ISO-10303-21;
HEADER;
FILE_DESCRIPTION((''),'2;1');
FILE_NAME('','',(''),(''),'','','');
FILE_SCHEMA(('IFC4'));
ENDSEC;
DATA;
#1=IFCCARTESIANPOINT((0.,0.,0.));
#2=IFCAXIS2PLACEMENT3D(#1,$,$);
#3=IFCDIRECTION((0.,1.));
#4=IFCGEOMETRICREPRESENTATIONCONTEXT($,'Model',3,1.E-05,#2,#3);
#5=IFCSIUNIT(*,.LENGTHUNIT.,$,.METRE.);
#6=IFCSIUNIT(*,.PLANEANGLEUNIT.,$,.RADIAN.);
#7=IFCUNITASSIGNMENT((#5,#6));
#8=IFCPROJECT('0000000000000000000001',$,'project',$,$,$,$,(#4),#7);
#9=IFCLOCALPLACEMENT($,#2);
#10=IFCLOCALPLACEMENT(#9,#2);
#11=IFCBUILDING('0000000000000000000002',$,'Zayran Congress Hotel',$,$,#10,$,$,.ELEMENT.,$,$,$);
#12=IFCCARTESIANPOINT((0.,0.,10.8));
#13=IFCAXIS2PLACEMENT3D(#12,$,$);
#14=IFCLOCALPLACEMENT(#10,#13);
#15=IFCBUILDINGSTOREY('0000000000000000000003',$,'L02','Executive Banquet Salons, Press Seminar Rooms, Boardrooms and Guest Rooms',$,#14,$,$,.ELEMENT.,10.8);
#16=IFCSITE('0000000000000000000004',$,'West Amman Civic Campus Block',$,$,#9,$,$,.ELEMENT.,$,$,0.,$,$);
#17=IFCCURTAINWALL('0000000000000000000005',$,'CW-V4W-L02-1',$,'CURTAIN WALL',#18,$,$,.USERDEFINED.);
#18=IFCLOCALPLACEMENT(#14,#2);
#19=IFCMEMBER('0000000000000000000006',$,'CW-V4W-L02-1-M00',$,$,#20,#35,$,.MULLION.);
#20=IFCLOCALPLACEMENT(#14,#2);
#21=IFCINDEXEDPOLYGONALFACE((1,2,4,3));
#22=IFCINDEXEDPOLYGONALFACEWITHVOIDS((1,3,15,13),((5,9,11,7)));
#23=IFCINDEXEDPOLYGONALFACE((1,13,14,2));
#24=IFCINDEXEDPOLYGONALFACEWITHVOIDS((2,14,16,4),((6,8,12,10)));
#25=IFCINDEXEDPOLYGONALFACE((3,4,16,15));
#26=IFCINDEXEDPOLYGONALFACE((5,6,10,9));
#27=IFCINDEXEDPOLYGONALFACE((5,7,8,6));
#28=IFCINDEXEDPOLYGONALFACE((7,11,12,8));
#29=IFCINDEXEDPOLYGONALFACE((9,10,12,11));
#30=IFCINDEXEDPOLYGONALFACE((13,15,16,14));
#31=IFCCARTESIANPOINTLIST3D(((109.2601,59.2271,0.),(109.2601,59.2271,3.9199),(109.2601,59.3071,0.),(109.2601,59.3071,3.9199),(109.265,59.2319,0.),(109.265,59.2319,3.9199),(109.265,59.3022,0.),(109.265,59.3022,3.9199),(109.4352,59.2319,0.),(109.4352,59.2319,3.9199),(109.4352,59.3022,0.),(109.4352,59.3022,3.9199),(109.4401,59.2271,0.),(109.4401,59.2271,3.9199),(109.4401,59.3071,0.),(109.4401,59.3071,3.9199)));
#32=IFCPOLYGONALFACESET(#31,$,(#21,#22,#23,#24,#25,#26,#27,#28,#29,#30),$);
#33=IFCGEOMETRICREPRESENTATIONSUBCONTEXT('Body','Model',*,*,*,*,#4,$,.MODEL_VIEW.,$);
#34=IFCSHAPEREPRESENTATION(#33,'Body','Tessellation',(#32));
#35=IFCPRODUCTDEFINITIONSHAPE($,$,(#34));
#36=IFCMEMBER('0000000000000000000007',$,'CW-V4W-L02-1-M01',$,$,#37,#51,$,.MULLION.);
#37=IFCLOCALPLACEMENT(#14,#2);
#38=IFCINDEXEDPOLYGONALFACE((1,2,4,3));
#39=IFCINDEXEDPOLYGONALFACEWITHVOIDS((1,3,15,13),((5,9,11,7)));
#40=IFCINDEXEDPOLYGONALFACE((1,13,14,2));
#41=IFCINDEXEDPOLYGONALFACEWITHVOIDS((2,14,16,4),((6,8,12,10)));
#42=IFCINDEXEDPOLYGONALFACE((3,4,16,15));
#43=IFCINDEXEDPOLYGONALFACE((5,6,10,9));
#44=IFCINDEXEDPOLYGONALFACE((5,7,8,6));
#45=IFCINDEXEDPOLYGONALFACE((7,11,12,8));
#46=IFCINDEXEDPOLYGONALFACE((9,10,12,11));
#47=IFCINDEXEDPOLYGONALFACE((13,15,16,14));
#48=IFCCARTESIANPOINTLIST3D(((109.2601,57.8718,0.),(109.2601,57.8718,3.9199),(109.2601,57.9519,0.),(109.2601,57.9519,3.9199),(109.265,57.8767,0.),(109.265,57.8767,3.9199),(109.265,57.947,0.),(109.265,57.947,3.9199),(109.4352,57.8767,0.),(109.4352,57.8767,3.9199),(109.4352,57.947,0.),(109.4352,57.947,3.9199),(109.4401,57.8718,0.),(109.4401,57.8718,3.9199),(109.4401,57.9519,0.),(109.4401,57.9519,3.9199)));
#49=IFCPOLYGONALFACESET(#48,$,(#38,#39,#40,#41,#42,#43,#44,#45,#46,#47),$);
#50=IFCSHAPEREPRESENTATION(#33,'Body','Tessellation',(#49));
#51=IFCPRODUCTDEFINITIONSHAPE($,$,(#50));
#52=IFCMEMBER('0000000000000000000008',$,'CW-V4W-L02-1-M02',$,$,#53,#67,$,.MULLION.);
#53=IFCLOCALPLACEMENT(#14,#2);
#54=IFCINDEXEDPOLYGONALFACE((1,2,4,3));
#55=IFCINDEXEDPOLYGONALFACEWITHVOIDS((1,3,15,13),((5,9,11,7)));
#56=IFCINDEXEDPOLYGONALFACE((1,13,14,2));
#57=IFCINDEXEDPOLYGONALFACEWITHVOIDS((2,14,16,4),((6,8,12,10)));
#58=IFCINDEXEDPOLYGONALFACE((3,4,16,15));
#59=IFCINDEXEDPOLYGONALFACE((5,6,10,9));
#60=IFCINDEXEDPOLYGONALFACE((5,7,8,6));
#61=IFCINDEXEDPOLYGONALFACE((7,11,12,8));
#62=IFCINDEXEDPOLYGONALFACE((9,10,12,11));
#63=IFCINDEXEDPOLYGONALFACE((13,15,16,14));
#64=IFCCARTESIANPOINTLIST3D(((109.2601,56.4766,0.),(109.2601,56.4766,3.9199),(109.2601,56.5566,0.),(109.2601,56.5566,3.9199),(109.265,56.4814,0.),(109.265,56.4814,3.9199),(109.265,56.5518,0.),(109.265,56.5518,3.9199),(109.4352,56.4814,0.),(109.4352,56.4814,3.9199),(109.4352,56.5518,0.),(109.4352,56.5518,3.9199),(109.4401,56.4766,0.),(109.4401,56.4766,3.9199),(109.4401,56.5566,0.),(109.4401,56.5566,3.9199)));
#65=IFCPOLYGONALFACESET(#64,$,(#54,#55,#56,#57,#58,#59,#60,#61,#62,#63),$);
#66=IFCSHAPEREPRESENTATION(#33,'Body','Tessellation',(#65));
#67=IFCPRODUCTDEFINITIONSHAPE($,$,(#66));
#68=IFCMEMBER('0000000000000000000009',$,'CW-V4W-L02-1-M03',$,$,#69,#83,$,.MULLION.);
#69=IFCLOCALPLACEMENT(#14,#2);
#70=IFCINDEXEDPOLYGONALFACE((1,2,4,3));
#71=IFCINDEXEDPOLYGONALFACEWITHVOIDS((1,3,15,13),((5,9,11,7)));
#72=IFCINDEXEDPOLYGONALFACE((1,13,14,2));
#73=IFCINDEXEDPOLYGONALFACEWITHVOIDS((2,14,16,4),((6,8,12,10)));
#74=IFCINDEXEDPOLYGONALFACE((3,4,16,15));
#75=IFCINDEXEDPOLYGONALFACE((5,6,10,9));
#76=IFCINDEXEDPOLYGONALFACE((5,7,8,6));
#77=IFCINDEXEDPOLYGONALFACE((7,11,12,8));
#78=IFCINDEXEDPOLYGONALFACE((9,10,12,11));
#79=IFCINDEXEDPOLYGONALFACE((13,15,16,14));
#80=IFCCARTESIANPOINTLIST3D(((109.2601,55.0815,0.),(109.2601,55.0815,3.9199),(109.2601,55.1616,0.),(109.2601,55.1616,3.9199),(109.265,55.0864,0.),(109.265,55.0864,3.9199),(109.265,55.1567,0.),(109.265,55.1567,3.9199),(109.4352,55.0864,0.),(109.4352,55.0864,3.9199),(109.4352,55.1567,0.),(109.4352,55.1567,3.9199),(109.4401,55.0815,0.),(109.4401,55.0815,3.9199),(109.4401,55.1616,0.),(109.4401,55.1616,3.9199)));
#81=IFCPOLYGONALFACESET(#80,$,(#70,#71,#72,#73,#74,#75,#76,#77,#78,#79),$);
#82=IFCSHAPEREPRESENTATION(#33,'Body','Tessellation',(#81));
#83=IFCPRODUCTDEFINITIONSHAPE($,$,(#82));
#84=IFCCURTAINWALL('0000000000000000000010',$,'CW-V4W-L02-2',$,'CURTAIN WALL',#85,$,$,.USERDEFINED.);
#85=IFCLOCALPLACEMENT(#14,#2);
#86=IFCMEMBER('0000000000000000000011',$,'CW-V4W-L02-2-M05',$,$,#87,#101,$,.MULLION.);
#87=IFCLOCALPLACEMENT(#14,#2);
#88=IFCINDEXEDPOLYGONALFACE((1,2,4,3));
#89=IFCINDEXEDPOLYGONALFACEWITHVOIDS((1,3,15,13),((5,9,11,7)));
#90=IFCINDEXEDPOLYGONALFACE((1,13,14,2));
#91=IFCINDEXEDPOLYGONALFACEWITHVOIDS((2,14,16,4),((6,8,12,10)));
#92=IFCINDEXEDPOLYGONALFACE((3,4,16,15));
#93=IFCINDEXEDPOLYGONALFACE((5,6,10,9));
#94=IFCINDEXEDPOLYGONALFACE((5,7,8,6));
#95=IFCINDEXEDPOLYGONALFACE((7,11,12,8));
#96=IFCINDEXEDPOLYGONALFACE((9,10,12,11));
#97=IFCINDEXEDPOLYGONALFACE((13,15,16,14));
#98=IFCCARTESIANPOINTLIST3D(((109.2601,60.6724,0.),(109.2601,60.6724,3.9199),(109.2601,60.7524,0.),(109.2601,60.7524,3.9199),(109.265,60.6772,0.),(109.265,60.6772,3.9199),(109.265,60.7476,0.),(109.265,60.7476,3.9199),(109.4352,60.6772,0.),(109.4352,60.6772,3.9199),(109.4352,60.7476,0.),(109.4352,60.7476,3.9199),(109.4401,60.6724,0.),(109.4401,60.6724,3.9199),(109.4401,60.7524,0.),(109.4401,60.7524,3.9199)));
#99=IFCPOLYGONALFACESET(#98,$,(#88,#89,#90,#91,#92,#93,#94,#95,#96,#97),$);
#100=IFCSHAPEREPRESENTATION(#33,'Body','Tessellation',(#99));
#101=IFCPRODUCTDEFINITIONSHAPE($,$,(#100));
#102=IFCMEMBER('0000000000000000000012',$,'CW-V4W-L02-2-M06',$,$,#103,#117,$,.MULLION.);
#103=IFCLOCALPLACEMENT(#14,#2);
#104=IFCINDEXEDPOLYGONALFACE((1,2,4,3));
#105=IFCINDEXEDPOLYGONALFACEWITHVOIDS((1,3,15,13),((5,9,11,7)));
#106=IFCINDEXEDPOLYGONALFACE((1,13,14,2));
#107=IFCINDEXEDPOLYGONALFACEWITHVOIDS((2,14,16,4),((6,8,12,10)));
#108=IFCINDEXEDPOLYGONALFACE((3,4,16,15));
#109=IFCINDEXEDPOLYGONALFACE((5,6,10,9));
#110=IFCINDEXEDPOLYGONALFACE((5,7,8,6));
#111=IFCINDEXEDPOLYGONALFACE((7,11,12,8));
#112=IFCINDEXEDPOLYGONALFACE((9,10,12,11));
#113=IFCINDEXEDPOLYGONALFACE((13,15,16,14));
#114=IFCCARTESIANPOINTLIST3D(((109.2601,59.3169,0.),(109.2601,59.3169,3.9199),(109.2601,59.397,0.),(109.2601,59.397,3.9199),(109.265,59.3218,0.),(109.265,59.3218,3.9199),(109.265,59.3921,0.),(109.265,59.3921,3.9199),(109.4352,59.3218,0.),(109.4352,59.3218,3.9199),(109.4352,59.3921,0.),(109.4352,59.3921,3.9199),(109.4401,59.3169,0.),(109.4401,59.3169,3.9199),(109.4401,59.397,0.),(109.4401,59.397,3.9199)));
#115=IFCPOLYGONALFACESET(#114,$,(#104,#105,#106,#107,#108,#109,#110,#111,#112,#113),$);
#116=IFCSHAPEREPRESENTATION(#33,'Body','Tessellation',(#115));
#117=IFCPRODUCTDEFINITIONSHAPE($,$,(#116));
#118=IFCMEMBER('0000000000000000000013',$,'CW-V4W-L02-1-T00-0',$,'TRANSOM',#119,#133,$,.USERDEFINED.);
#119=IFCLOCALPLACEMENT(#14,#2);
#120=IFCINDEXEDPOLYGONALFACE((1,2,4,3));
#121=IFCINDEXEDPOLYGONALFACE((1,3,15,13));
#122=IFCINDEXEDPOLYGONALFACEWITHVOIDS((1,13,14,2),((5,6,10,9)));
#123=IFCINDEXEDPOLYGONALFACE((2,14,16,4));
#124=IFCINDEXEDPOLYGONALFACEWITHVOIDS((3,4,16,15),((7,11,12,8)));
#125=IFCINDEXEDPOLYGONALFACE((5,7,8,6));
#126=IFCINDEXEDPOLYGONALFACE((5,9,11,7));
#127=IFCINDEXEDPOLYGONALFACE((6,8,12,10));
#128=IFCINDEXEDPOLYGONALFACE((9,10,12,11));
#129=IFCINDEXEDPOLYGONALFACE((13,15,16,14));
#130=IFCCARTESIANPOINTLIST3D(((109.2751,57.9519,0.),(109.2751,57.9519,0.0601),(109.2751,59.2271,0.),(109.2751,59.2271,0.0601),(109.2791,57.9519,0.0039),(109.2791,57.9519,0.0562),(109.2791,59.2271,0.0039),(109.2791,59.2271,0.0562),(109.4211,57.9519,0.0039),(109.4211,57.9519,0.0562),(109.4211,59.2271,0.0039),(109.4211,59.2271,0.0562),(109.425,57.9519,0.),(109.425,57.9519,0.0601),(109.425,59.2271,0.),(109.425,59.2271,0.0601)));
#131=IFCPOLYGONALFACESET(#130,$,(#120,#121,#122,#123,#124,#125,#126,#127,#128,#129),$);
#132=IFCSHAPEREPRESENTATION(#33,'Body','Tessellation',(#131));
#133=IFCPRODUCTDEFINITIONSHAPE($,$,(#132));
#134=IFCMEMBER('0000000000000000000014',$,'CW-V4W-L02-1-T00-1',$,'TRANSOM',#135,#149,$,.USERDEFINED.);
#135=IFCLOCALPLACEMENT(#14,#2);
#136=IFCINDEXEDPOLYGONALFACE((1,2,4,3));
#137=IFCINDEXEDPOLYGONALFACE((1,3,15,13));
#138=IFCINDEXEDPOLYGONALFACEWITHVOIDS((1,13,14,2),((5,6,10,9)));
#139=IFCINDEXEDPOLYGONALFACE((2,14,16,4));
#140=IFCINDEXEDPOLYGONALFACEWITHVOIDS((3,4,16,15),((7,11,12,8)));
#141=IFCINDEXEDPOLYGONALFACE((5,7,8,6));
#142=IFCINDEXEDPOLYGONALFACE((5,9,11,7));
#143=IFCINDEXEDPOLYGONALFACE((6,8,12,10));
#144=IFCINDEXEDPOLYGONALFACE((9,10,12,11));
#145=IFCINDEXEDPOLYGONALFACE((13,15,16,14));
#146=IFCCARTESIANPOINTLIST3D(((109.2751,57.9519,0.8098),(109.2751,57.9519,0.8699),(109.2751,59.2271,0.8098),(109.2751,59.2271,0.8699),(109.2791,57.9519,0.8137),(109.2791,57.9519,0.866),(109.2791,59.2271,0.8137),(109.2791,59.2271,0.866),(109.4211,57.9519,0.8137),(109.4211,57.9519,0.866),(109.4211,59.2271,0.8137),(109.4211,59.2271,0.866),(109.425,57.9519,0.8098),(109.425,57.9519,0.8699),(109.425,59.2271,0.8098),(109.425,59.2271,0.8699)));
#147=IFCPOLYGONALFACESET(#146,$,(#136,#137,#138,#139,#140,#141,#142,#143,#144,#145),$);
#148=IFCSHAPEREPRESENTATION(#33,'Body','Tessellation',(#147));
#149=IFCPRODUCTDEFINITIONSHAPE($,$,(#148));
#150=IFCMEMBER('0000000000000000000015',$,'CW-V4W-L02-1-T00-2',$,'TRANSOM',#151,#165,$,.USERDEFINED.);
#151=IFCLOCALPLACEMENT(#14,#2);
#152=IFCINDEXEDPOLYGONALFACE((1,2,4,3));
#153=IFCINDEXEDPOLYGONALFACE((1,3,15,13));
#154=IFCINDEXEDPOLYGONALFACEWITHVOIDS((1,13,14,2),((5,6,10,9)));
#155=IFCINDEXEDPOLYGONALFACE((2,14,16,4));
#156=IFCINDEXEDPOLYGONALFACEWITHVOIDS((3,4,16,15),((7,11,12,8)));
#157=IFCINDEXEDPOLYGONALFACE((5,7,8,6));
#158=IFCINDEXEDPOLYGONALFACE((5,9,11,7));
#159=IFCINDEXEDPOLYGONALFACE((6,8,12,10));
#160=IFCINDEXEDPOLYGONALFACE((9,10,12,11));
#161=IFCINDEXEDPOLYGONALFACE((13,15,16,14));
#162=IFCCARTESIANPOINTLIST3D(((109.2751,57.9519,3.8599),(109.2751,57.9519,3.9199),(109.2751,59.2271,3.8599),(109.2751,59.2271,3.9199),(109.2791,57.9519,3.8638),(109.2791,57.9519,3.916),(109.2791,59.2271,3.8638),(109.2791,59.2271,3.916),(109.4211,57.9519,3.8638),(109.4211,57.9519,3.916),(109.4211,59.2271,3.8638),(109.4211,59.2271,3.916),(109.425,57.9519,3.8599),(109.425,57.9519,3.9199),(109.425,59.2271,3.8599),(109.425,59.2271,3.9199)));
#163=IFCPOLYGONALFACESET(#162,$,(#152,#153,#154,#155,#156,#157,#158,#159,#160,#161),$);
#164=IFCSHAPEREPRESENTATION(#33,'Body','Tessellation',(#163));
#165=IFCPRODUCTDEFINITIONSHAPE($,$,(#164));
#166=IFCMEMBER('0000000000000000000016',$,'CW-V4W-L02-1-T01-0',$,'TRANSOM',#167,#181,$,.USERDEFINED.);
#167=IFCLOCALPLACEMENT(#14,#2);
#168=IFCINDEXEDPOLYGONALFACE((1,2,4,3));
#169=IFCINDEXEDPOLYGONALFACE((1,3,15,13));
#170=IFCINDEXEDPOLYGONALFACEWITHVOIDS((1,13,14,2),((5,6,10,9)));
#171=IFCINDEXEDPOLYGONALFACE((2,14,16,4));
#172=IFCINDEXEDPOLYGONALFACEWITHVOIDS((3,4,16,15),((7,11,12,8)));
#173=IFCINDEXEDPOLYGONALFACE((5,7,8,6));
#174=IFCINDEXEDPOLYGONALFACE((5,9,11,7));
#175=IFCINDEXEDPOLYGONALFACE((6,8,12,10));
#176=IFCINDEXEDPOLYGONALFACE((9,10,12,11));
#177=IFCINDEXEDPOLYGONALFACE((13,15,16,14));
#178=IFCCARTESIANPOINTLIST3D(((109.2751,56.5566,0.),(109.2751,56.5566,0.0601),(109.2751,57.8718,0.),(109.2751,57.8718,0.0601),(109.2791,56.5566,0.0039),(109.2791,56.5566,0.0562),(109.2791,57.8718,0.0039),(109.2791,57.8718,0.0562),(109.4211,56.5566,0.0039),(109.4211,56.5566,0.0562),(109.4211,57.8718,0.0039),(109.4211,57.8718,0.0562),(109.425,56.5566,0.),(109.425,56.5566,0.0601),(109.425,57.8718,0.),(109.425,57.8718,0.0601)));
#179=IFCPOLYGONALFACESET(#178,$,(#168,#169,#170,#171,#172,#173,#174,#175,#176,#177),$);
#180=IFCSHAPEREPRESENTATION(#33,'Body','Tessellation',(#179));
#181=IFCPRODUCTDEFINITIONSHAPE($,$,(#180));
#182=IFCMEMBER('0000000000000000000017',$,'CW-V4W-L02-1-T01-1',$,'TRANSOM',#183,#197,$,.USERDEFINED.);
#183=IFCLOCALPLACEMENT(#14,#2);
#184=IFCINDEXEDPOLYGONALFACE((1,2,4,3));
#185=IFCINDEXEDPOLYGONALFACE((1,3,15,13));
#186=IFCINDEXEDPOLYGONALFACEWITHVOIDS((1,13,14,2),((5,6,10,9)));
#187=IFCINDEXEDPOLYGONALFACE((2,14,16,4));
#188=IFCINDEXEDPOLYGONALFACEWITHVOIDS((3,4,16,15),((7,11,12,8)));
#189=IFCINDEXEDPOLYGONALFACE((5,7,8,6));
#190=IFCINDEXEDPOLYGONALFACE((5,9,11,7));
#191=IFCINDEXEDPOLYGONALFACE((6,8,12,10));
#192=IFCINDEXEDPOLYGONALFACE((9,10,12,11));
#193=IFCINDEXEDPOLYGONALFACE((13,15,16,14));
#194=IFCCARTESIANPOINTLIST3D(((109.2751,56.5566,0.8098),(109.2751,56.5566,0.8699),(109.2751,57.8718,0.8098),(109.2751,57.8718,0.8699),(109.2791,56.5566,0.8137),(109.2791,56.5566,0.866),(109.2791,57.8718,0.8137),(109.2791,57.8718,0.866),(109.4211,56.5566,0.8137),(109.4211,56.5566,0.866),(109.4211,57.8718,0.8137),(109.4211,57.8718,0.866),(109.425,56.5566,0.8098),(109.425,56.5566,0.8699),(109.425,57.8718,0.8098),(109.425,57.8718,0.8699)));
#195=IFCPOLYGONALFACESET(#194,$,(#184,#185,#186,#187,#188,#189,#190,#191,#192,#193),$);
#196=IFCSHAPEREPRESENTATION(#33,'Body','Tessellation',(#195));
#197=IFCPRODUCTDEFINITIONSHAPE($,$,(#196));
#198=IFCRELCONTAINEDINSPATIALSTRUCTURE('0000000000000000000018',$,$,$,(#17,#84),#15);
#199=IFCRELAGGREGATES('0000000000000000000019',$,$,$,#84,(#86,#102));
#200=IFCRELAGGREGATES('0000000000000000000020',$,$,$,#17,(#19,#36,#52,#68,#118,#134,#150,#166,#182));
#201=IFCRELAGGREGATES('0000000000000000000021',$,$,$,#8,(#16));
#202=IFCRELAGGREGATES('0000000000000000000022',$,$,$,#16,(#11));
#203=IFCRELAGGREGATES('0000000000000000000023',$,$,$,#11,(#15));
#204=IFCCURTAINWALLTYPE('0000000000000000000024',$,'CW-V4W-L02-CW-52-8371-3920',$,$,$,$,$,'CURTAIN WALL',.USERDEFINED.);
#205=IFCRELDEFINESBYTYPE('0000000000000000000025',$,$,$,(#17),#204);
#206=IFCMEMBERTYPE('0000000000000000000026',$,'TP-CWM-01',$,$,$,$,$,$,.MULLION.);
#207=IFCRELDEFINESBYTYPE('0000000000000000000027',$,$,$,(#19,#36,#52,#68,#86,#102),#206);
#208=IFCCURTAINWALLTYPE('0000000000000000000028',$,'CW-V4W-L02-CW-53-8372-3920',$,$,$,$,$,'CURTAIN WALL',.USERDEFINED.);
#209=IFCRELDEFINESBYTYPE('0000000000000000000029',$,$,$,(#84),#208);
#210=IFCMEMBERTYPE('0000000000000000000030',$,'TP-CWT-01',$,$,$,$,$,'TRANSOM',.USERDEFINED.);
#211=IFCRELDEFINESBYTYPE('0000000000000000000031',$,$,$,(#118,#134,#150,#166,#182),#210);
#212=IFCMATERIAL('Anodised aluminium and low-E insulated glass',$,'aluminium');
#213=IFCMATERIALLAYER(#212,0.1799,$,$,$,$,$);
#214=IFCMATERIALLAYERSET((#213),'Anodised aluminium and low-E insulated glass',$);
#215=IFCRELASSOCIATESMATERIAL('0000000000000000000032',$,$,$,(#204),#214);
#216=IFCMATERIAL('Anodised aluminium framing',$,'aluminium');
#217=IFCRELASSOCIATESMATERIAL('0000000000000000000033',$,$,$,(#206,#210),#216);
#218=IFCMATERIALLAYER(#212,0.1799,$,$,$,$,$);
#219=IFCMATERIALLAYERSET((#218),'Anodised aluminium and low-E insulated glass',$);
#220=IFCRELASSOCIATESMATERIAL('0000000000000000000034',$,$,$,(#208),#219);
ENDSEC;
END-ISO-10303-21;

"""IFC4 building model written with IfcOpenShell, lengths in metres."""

from ifc_helpers import new_model, si_unit, direction, frame, origin, origin_2d, place, context, subcontext, project, spatial, hollow_rectangle, extrude, material, layer, layer_set, material_profile, profile_set, type_object, element, aggregate, save


model = new_model("IFC4")

# Units and contexts
model_context = context("Model", 3, precision=1e-05, world=origin(), true_north=direction((0.0, 1.0)))
body_context = subcontext(model_context, "Body", "Model", "MODEL_VIEW")
ifc_project = project(units=[si_unit("LENGTHUNIT", "METRE"), si_unit("PLANEANGLEUNIT", "RADIAN")], contexts=[model_context])

# Site, building, storey
site_placement = place(None, origin())
site = spatial("IfcSite", under=ifc_project, at=site_placement, Name="West Amman Civic Campus Block", CompositionType="ELEMENT", RefElevation=0.0)
building_placement = place(site_placement, origin())
building = spatial("IfcBuilding", under=site, at=building_placement, Name="Zayran Congress Hotel", CompositionType="ELEMENT")
storey_placement = place(building_placement, frame((0.0, 0.0, 10.8)))
storey = spatial("IfcBuildingStorey", under=building, at=storey_placement, Name="L02", Description="Executive Banquet Salons, Press Seminar Rooms, Boardrooms and Guest Rooms", CompositionType="ELEMENT", Elevation=10.8)

# Curtain walls, members
ifc_material_1 = material(Name="Anodised aluminium and low-E insulated glass", Category="aluminium")
ifc_layer_1 = layer(ifc_material_1, 0.1799)
ifc_layer_set_1 = layer_set([ifc_layer_1], Name="Anodised aluminium and low-E insulated glass")
curtain_wall_type_1 = type_object("IfcCurtainWallType", Name="CW-V4W-L02-CW-52-8371-3920", ElementType="CURTAIN WALL", PredefinedType="USERDEFINED", material=ifc_layer_set_1)
curtain_wall_1_placement = place(storey_placement, origin())
curtain_wall_1 = element("IfcCurtainWall", 1, at=curtain_wall_1_placement, inside=storey, type_object=curtain_wall_type_1, Name="CW-V4W-L02-1", ObjectType="CURTAIN WALL", PredefinedType="USERDEFINED")
ifc_material_2 = material(Name="Anodised aluminium framing", Category="aluminium")
ifc_material_profile_1 = material_profile(ifc_material_2, hollow_rectangle(XDim=0.0801, YDim=0.1799, WallThickness=0.0049, at=origin_2d()), Name="RHS 180x80x5")
ifc_profile_set_1 = profile_set([ifc_material_profile_1], Name="Anodised aluminium framing")
member_type_1 = type_object("IfcMemberType", Name="TP-CWM-01", PredefinedType="MULLION", material=ifc_profile_set_1)
member_1_placement = place(storey_placement, frame((109.3501, 59.2671, 0.0), z_axis=(0.0, 0.0, 1.0), x_axis=(0.0, 1.0, 0.0)))
member_1 = element("IfcMember", 2, at=member_1_placement, type_object=member_type_1, Name="CW-V4W-L02-1-M00", PredefinedType="MULLION", context=body_context, shape_type="SweptSolid", body=[
    extrude(hollow_rectangle(XDim=0.0801, YDim=0.1799, WallThickness=0.0049, at=origin_2d()), origin(), (0.0, 0.0, 1.0), 3.9199),
])
member_2_placement = place(storey_placement, frame((109.3501, 57.9119, 0.0), z_axis=(0.0, 0.0, 1.0), x_axis=(0.0, 1.0, 0.0)))
member_2 = element("IfcMember", 3, at=member_2_placement, type_object=member_type_1, Name="CW-V4W-L02-1-M01", PredefinedType="MULLION", context=body_context, shape_type="SweptSolid", body=[
    extrude(hollow_rectangle(XDim=0.0801, YDim=0.1799, WallThickness=0.0049, at=origin_2d()), origin(), (0.0, 0.0, 1.0), 3.9199),
])
member_3_placement = place(storey_placement, frame((109.3501, 56.5166, 0.0), z_axis=(0.0, 0.0, 1.0), x_axis=(0.0, 1.0, 0.0)))
member_3 = element("IfcMember", 4, at=member_3_placement, type_object=member_type_1, Name="CW-V4W-L02-1-M02", PredefinedType="MULLION", context=body_context, shape_type="SweptSolid", body=[
    extrude(hollow_rectangle(XDim=0.0801, YDim=0.1799, WallThickness=0.0049, at=origin_2d()), origin(), (0.0, 0.0, 1.0), 3.9199),
])
member_4_placement = place(storey_placement, frame((109.3501, 55.1216, 0.0), z_axis=(0.0, 0.0, 1.0), x_axis=(0.0, 1.0, 0.0)))
member_4 = element("IfcMember", 5, at=member_4_placement, type_object=member_type_1, Name="CW-V4W-L02-1-M03", PredefinedType="MULLION", context=body_context, shape_type="SweptSolid", body=[
    extrude(hollow_rectangle(XDim=0.0801, YDim=0.1799, WallThickness=0.0049, at=origin_2d()), origin(), (0.0, 0.0, 1.0), 3.9199),
])
ifc_layer_2 = layer(ifc_material_1, 0.1799)
ifc_layer_set_2 = layer_set([ifc_layer_2], Name="Anodised aluminium and low-E insulated glass")
curtain_wall_type_2 = type_object("IfcCurtainWallType", Name="CW-V4W-L02-CW-53-8372-3920", ElementType="CURTAIN WALL", PredefinedType="USERDEFINED", material=ifc_layer_set_2)
curtain_wall_2_placement = place(storey_placement, origin())
curtain_wall_2 = element("IfcCurtainWall", 6, at=curtain_wall_2_placement, inside=storey, type_object=curtain_wall_type_2, Name="CW-V4W-L02-2", ObjectType="CURTAIN WALL", PredefinedType="USERDEFINED")
member_5_placement = place(storey_placement, frame((109.3501, 60.7124, 0.0), z_axis=(0.0, 0.0, 1.0), x_axis=(0.0, 1.0, 0.0)))
member_5 = element("IfcMember", 7, at=member_5_placement, type_object=member_type_1, Name="CW-V4W-L02-2-M05", PredefinedType="MULLION", context=body_context, shape_type="SweptSolid", body=[
    extrude(hollow_rectangle(XDim=0.0801, YDim=0.1799, WallThickness=0.0049, at=origin_2d()), origin(), (0.0, 0.0, 1.0), 3.9199),
])
member_6_placement = place(storey_placement, frame((109.3501, 59.3569, 0.0), z_axis=(0.0, 0.0, 1.0), x_axis=(0.0, 1.0, 0.0)))
member_6 = element("IfcMember", 8, at=member_6_placement, type_object=member_type_1, Name="CW-V4W-L02-2-M06", PredefinedType="MULLION", context=body_context, shape_type="SweptSolid", body=[
    extrude(hollow_rectangle(XDim=0.0801, YDim=0.1799, WallThickness=0.0049, at=origin_2d()), origin(), (0.0, 0.0, 1.0), 3.9199),
])

# Members
ifc_material_profile_2 = material_profile(ifc_material_2, hollow_rectangle(XDim=0.0601, YDim=0.1499, WallThickness=0.0039, at=origin_2d()), Name="RHS 150x60x4")
ifc_profile_set_2 = profile_set([ifc_material_profile_2], Name="Anodised aluminium framing")
member_type_2 = type_object("IfcMemberType", Name="TP-CWT-01", ElementType="TRANSOM", PredefinedType="USERDEFINED", material=ifc_profile_set_2)
member_7_placement = place(storey_placement, frame((109.3501, 59.2271, 0.03), z_axis=(0.0, -1.0, 0.0), x_axis=(0.0, 0.0, 1.0)))
member_7 = element("IfcMember", 9, at=member_7_placement, type_object=member_type_2, Name="CW-V4W-L02-1-T00-0", ObjectType="TRANSOM", PredefinedType="USERDEFINED", context=body_context, shape_type="SweptSolid", body=[
    extrude(hollow_rectangle(XDim=0.0601, YDim=0.1499, WallThickness=0.0039, at=origin_2d()), origin(), (0.0, 0.0, 1.0), 1.2751),
])
member_8_placement = place(storey_placement, frame((109.3501, 59.2271, 0.8398), z_axis=(0.0, -1.0, 0.0), x_axis=(0.0, 0.0, 1.0)))
member_8 = element("IfcMember", 10, at=member_8_placement, type_object=member_type_2, Name="CW-V4W-L02-1-T00-1", ObjectType="TRANSOM", PredefinedType="USERDEFINED", context=body_context, shape_type="SweptSolid", body=[
    extrude(hollow_rectangle(XDim=0.0601, YDim=0.1499, WallThickness=0.0039, at=origin_2d()), origin(), (0.0, 0.0, 1.0), 1.2751),
])
member_9_placement = place(storey_placement, frame((109.3501, 59.2271, 3.8899), z_axis=(0.0, -1.0, 0.0), x_axis=(0.0, 0.0, 1.0)))
member_9 = element("IfcMember", 11, at=member_9_placement, type_object=member_type_2, Name="CW-V4W-L02-1-T00-2", ObjectType="TRANSOM", PredefinedType="USERDEFINED", context=body_context, shape_type="SweptSolid", body=[
    extrude(hollow_rectangle(XDim=0.0601, YDim=0.1499, WallThickness=0.0039, at=origin_2d()), origin(), (0.0, 0.0, 1.0), 1.2751),
])
member_10_placement = place(storey_placement, frame((109.3501, 57.8718, 0.03), z_axis=(0.0, -1.0, 0.0), x_axis=(0.0, 0.0, 1.0)))
member_10 = element("IfcMember", 12, at=member_10_placement, type_object=member_type_2, Name="CW-V4W-L02-1-T01-0", ObjectType="TRANSOM", PredefinedType="USERDEFINED", context=body_context, shape_type="SweptSolid", body=[
    extrude(hollow_rectangle(XDim=0.0601, YDim=0.1499, WallThickness=0.0039, at=origin_2d()), origin(), (0.0, 0.0, 1.0), 1.3152),
])
member_11_placement = place(storey_placement, frame((109.3501, 57.8718, 0.8398), z_axis=(0.0, -1.0, 0.0), x_axis=(0.0, 0.0, 1.0)))
member_11 = element("IfcMember", 13, at=member_11_placement, type_object=member_type_2, Name="CW-V4W-L02-1-T01-1", ObjectType="TRANSOM", PredefinedType="USERDEFINED", context=body_context, shape_type="SweptSolid", body=[
    extrude(hollow_rectangle(XDim=0.0601, YDim=0.1499, WallThickness=0.0039, at=origin_2d()), origin(), (0.0, 0.0, 1.0), 1.3152),
])

aggregate(curtain_wall_2, [member_5, member_6])
aggregate(curtain_wall_1, [member_1, member_2, member_3, member_4, member_7, member_8, member_9, member_10, member_11])

save(model, "model.ifc")
